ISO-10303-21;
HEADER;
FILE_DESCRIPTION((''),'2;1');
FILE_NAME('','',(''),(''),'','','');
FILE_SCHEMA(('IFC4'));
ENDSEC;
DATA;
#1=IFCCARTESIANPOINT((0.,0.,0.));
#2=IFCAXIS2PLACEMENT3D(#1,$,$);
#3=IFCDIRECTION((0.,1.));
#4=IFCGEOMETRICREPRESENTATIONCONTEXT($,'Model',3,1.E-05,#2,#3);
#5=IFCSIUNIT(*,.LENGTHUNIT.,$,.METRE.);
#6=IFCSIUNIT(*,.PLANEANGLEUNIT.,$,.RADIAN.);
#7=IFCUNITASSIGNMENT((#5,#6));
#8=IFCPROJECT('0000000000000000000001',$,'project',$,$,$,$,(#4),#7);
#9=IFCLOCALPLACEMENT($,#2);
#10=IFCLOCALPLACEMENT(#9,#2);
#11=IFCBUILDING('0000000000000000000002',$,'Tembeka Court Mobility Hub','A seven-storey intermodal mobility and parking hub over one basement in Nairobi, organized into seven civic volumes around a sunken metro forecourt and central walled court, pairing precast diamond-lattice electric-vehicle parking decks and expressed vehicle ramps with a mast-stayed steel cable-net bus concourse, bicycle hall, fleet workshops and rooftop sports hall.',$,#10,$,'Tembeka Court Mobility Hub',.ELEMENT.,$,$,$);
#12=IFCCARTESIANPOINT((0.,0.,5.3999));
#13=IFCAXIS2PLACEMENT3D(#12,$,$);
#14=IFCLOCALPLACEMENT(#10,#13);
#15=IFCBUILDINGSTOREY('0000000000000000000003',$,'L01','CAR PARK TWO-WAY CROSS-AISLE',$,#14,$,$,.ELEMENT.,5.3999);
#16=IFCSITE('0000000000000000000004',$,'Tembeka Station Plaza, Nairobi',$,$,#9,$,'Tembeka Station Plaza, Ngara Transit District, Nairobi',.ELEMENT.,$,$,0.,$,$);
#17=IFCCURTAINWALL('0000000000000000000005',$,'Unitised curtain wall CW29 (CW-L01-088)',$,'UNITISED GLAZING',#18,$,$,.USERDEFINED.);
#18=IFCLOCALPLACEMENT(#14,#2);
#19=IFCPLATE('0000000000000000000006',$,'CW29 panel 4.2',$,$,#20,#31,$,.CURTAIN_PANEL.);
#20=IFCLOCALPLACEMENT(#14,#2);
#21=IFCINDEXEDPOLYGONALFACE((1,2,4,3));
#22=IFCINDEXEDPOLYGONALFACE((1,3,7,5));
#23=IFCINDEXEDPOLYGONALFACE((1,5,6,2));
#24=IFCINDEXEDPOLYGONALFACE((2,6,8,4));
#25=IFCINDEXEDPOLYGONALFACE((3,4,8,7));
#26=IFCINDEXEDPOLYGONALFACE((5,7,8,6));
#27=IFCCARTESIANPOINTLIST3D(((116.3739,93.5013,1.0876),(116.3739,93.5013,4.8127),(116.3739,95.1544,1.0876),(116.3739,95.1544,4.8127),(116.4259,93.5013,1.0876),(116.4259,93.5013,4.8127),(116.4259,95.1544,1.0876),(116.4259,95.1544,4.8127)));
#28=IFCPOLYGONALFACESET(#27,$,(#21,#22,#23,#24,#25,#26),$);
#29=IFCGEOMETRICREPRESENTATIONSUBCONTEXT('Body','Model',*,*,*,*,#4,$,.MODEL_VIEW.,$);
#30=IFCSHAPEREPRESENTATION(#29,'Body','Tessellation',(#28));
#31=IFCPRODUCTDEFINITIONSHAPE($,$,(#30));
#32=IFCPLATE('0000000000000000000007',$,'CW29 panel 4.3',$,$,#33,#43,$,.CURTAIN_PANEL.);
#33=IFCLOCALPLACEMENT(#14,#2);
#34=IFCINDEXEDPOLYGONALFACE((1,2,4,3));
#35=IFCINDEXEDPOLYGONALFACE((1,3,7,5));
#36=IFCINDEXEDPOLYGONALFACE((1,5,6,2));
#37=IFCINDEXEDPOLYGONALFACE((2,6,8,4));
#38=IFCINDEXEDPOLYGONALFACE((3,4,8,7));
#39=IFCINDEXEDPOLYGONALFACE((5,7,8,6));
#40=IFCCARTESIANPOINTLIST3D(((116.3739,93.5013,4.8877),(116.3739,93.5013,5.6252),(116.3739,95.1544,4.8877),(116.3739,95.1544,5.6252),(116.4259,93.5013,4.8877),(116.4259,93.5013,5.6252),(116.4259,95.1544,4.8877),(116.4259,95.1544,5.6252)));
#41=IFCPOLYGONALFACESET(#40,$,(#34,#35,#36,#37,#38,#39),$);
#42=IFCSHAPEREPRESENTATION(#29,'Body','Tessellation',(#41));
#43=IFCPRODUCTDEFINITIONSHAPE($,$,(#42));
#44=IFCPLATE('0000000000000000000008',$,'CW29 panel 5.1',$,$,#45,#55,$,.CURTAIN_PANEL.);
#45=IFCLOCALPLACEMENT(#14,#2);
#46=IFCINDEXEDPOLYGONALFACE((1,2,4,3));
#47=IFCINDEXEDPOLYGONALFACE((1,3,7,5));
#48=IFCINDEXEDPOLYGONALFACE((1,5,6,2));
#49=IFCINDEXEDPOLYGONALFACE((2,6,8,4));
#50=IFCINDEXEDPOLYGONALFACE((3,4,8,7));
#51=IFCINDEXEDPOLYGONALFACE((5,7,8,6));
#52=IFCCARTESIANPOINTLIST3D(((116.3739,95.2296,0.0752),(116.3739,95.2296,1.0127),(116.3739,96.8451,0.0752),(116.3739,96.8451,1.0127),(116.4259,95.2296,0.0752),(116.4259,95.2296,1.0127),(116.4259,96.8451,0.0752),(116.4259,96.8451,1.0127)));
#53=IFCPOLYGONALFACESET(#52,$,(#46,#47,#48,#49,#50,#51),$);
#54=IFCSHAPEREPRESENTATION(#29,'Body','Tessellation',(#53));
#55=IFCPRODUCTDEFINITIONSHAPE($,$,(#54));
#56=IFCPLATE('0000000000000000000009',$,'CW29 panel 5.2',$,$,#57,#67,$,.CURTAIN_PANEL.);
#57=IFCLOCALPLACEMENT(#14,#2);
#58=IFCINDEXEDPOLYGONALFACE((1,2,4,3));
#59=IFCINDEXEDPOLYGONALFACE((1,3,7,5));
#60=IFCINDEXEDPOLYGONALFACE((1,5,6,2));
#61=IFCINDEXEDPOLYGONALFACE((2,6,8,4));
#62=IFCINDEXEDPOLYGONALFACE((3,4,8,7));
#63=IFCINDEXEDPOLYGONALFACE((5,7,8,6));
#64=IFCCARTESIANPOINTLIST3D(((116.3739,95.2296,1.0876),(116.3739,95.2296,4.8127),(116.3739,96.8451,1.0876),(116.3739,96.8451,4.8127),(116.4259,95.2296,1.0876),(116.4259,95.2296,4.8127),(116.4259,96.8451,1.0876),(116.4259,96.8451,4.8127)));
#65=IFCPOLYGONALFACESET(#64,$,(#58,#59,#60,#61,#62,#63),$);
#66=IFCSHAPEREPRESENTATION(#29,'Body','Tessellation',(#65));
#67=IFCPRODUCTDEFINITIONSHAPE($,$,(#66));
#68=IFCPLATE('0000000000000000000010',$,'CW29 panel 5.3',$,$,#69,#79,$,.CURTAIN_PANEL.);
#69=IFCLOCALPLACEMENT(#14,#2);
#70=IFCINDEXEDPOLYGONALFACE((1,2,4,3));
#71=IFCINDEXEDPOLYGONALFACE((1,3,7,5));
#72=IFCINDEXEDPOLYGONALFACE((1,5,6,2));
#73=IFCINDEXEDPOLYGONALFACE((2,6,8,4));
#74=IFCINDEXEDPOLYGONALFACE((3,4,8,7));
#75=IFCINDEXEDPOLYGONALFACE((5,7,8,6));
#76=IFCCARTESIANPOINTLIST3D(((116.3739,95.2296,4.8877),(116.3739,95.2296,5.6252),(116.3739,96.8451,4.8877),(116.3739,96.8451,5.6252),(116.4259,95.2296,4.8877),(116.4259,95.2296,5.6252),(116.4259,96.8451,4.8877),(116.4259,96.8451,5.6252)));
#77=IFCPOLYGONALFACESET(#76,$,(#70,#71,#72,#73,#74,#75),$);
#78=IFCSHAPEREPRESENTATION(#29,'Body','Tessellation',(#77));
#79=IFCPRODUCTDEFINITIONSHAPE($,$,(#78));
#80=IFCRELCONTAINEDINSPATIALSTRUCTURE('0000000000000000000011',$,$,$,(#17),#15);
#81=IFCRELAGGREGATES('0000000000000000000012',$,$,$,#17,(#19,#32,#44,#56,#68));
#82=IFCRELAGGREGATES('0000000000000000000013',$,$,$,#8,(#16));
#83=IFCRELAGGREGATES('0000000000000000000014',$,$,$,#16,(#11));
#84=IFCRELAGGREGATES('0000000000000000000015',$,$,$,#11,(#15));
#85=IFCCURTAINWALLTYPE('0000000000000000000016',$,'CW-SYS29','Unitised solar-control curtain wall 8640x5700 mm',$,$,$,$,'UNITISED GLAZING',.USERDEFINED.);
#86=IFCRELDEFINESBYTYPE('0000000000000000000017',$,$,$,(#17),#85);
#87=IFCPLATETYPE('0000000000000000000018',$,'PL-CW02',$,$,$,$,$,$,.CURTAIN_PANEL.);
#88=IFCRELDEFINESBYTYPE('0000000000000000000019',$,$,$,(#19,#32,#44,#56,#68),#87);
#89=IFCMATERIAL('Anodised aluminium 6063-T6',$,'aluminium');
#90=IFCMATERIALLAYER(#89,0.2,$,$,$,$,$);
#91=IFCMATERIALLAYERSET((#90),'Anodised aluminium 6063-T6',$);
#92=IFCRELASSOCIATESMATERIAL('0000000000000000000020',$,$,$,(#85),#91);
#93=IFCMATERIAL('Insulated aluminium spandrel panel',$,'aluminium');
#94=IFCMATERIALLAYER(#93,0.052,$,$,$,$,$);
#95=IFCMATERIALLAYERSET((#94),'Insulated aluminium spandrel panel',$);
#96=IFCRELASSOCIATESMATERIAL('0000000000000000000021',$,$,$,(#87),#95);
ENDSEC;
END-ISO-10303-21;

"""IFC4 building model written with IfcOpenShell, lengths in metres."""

from ifc_helpers import new_model, si_unit, direction, frame, origin, origin_2d, place, context, subcontext, project, spatial, rectangle, extrude, material, layer, layer_set, type_object, element, aggregate, save


model = new_model("IFC4")

# Units and contexts
model_context = context("Model", 3, precision=1e-05, world=origin(), true_north=direction((0.0, 1.0)))
body_context = subcontext(model_context, "Body", "Model", "MODEL_VIEW")
ifc_project = project(units=[si_unit("LENGTHUNIT", "METRE"), si_unit("PLANEANGLEUNIT", "RADIAN")], contexts=[model_context])

# Site, building, storey
site_placement = place(None, origin())
site = spatial("IfcSite", under=ifc_project, at=site_placement, Name="Tembeka Station Plaza, Nairobi", LongName="Tembeka Station Plaza, Ngara Transit District, Nairobi", CompositionType="ELEMENT", RefElevation=0.0)
building_placement = place(site_placement, origin())
building = spatial("IfcBuilding", under=site, at=building_placement, Name="Tembeka Court Mobility Hub", Description="A seven-storey intermodal mobility and parking hub over one basement in Nairobi, organized into seven civic volumes around a sunken metro forecourt and central walled court, pairing precast diamond-lattice electric-vehicle parking decks and expressed vehicle ramps with a mast-stayed steel cable-net bus concourse, bicycle hall, fleet workshops and rooftop sports hall.", LongName="Tembeka Court Mobility Hub", CompositionType="ELEMENT")
storey_placement = place(building_placement, frame((0.0, 0.0, 5.3999)))
storey = spatial("IfcBuildingStorey", under=building, at=storey_placement, Name="L01", Description="CAR PARK TWO-WAY CROSS-AISLE", CompositionType="ELEMENT", Elevation=5.3999)

# Curtain wall
ifc_material_1 = material(Name="Anodised aluminium 6063-T6", Category="aluminium")
ifc_layer_1 = layer(ifc_material_1, 0.2)
ifc_layer_set_1 = layer_set([ifc_layer_1], Name="Anodised aluminium 6063-T6")
curtain_wall_type_1 = type_object("IfcCurtainWallType", Name="CW-SYS29", Description="Unitised solar-control curtain wall 8640x5700 mm", ElementType="UNITISED GLAZING", PredefinedType="USERDEFINED", material=ifc_layer_set_1)
curtain_wall_1_placement = place(storey_placement, origin())
curtain_wall_1 = element("IfcCurtainWall", 1, at=curtain_wall_1_placement, inside=storey, type_object=curtain_wall_type_1, Name="Unitised curtain wall CW29 (CW-L01-088)", ObjectType="UNITISED GLAZING", PredefinedType="USERDEFINED")

# Plates
ifc_material_2 = material(Name="Insulated aluminium spandrel panel", Category="aluminium")
ifc_layer_2 = layer(ifc_material_2, 0.052)
ifc_layer_set_2 = layer_set([ifc_layer_2], Name="Insulated aluminium spandrel panel")
plate_type_1 = type_object("IfcPlateType", Name="PL-CW02", PredefinedType="CURTAIN_PANEL", material=ifc_layer_set_2)
plate_1_placement = place(storey_placement, frame((116.3999, 94.3279, 1.0876), z_axis=(0.0, 0.0, 1.0), x_axis=(0.0, 1.0, 0.0)))
plate_1 = element("IfcPlate", 2, at=plate_1_placement, type_object=plate_type_1, Name="CW29 panel 4.2", PredefinedType="CURTAIN_PANEL", context=body_context, shape_type="SweptSolid", body=[
    extrude(rectangle(XDim=1.6531, YDim=0.052, at=origin_2d()), origin(), (0.0, 0.0, 1.0), 3.7251),
])
plate_2_placement = place(storey_placement, frame((116.3999, 94.3279, 4.8877), z_axis=(0.0, 0.0, 1.0), x_axis=(0.0, 1.0, 0.0)))
plate_2 = element("IfcPlate", 3, at=plate_2_placement, type_object=plate_type_1, Name="CW29 panel 4.3", PredefinedType="CURTAIN_PANEL", context=body_context, shape_type="SweptSolid", body=[
    extrude(rectangle(XDim=1.6531, YDim=0.052, at=origin_2d()), origin(), (0.0, 0.0, 1.0), 0.7375),
])
plate_3_placement = place(storey_placement, frame((116.3999, 96.0374, 0.0752), z_axis=(0.0, 0.0, 1.0), x_axis=(0.0, 1.0, 0.0)))
plate_3 = element("IfcPlate", 4, at=plate_3_placement, type_object=plate_type_1, Name="CW29 panel 5.1", PredefinedType="CURTAIN_PANEL", context=body_context, shape_type="SweptSolid", body=[
    extrude(rectangle(XDim=1.6155, YDim=0.052, at=origin_2d()), origin(), (0.0, 0.0, 1.0), 0.9375),
])
plate_4_placement = place(storey_placement, frame((116.3999, 96.0374, 1.0876), z_axis=(0.0, 0.0, 1.0), x_axis=(0.0, 1.0, 0.0)))
plate_4 = element("IfcPlate", 5, at=plate_4_placement, type_object=plate_type_1, Name="CW29 panel 5.2", PredefinedType="CURTAIN_PANEL", context=body_context, shape_type="SweptSolid", body=[
    extrude(rectangle(XDim=1.6155, YDim=0.052, at=origin_2d()), origin(), (0.0, 0.0, 1.0), 3.7251),
])
plate_5_placement = place(storey_placement, frame((116.3999, 96.0374, 4.8877), z_axis=(0.0, 0.0, 1.0), x_axis=(0.0, 1.0, 0.0)))
plate_5 = element("IfcPlate", 6, at=plate_5_placement, type_object=plate_type_1, Name="CW29 panel 5.3", PredefinedType="CURTAIN_PANEL", context=body_context, shape_type="SweptSolid", body=[
    extrude(rectangle(XDim=1.6155, YDim=0.052, at=origin_2d()), origin(), (0.0, 0.0, 1.0), 0.7375),
])
aggregate(curtain_wall_1, [plate_1, plate_2, plate_3, plate_4, plate_5])

save(model, "model.ifc")
